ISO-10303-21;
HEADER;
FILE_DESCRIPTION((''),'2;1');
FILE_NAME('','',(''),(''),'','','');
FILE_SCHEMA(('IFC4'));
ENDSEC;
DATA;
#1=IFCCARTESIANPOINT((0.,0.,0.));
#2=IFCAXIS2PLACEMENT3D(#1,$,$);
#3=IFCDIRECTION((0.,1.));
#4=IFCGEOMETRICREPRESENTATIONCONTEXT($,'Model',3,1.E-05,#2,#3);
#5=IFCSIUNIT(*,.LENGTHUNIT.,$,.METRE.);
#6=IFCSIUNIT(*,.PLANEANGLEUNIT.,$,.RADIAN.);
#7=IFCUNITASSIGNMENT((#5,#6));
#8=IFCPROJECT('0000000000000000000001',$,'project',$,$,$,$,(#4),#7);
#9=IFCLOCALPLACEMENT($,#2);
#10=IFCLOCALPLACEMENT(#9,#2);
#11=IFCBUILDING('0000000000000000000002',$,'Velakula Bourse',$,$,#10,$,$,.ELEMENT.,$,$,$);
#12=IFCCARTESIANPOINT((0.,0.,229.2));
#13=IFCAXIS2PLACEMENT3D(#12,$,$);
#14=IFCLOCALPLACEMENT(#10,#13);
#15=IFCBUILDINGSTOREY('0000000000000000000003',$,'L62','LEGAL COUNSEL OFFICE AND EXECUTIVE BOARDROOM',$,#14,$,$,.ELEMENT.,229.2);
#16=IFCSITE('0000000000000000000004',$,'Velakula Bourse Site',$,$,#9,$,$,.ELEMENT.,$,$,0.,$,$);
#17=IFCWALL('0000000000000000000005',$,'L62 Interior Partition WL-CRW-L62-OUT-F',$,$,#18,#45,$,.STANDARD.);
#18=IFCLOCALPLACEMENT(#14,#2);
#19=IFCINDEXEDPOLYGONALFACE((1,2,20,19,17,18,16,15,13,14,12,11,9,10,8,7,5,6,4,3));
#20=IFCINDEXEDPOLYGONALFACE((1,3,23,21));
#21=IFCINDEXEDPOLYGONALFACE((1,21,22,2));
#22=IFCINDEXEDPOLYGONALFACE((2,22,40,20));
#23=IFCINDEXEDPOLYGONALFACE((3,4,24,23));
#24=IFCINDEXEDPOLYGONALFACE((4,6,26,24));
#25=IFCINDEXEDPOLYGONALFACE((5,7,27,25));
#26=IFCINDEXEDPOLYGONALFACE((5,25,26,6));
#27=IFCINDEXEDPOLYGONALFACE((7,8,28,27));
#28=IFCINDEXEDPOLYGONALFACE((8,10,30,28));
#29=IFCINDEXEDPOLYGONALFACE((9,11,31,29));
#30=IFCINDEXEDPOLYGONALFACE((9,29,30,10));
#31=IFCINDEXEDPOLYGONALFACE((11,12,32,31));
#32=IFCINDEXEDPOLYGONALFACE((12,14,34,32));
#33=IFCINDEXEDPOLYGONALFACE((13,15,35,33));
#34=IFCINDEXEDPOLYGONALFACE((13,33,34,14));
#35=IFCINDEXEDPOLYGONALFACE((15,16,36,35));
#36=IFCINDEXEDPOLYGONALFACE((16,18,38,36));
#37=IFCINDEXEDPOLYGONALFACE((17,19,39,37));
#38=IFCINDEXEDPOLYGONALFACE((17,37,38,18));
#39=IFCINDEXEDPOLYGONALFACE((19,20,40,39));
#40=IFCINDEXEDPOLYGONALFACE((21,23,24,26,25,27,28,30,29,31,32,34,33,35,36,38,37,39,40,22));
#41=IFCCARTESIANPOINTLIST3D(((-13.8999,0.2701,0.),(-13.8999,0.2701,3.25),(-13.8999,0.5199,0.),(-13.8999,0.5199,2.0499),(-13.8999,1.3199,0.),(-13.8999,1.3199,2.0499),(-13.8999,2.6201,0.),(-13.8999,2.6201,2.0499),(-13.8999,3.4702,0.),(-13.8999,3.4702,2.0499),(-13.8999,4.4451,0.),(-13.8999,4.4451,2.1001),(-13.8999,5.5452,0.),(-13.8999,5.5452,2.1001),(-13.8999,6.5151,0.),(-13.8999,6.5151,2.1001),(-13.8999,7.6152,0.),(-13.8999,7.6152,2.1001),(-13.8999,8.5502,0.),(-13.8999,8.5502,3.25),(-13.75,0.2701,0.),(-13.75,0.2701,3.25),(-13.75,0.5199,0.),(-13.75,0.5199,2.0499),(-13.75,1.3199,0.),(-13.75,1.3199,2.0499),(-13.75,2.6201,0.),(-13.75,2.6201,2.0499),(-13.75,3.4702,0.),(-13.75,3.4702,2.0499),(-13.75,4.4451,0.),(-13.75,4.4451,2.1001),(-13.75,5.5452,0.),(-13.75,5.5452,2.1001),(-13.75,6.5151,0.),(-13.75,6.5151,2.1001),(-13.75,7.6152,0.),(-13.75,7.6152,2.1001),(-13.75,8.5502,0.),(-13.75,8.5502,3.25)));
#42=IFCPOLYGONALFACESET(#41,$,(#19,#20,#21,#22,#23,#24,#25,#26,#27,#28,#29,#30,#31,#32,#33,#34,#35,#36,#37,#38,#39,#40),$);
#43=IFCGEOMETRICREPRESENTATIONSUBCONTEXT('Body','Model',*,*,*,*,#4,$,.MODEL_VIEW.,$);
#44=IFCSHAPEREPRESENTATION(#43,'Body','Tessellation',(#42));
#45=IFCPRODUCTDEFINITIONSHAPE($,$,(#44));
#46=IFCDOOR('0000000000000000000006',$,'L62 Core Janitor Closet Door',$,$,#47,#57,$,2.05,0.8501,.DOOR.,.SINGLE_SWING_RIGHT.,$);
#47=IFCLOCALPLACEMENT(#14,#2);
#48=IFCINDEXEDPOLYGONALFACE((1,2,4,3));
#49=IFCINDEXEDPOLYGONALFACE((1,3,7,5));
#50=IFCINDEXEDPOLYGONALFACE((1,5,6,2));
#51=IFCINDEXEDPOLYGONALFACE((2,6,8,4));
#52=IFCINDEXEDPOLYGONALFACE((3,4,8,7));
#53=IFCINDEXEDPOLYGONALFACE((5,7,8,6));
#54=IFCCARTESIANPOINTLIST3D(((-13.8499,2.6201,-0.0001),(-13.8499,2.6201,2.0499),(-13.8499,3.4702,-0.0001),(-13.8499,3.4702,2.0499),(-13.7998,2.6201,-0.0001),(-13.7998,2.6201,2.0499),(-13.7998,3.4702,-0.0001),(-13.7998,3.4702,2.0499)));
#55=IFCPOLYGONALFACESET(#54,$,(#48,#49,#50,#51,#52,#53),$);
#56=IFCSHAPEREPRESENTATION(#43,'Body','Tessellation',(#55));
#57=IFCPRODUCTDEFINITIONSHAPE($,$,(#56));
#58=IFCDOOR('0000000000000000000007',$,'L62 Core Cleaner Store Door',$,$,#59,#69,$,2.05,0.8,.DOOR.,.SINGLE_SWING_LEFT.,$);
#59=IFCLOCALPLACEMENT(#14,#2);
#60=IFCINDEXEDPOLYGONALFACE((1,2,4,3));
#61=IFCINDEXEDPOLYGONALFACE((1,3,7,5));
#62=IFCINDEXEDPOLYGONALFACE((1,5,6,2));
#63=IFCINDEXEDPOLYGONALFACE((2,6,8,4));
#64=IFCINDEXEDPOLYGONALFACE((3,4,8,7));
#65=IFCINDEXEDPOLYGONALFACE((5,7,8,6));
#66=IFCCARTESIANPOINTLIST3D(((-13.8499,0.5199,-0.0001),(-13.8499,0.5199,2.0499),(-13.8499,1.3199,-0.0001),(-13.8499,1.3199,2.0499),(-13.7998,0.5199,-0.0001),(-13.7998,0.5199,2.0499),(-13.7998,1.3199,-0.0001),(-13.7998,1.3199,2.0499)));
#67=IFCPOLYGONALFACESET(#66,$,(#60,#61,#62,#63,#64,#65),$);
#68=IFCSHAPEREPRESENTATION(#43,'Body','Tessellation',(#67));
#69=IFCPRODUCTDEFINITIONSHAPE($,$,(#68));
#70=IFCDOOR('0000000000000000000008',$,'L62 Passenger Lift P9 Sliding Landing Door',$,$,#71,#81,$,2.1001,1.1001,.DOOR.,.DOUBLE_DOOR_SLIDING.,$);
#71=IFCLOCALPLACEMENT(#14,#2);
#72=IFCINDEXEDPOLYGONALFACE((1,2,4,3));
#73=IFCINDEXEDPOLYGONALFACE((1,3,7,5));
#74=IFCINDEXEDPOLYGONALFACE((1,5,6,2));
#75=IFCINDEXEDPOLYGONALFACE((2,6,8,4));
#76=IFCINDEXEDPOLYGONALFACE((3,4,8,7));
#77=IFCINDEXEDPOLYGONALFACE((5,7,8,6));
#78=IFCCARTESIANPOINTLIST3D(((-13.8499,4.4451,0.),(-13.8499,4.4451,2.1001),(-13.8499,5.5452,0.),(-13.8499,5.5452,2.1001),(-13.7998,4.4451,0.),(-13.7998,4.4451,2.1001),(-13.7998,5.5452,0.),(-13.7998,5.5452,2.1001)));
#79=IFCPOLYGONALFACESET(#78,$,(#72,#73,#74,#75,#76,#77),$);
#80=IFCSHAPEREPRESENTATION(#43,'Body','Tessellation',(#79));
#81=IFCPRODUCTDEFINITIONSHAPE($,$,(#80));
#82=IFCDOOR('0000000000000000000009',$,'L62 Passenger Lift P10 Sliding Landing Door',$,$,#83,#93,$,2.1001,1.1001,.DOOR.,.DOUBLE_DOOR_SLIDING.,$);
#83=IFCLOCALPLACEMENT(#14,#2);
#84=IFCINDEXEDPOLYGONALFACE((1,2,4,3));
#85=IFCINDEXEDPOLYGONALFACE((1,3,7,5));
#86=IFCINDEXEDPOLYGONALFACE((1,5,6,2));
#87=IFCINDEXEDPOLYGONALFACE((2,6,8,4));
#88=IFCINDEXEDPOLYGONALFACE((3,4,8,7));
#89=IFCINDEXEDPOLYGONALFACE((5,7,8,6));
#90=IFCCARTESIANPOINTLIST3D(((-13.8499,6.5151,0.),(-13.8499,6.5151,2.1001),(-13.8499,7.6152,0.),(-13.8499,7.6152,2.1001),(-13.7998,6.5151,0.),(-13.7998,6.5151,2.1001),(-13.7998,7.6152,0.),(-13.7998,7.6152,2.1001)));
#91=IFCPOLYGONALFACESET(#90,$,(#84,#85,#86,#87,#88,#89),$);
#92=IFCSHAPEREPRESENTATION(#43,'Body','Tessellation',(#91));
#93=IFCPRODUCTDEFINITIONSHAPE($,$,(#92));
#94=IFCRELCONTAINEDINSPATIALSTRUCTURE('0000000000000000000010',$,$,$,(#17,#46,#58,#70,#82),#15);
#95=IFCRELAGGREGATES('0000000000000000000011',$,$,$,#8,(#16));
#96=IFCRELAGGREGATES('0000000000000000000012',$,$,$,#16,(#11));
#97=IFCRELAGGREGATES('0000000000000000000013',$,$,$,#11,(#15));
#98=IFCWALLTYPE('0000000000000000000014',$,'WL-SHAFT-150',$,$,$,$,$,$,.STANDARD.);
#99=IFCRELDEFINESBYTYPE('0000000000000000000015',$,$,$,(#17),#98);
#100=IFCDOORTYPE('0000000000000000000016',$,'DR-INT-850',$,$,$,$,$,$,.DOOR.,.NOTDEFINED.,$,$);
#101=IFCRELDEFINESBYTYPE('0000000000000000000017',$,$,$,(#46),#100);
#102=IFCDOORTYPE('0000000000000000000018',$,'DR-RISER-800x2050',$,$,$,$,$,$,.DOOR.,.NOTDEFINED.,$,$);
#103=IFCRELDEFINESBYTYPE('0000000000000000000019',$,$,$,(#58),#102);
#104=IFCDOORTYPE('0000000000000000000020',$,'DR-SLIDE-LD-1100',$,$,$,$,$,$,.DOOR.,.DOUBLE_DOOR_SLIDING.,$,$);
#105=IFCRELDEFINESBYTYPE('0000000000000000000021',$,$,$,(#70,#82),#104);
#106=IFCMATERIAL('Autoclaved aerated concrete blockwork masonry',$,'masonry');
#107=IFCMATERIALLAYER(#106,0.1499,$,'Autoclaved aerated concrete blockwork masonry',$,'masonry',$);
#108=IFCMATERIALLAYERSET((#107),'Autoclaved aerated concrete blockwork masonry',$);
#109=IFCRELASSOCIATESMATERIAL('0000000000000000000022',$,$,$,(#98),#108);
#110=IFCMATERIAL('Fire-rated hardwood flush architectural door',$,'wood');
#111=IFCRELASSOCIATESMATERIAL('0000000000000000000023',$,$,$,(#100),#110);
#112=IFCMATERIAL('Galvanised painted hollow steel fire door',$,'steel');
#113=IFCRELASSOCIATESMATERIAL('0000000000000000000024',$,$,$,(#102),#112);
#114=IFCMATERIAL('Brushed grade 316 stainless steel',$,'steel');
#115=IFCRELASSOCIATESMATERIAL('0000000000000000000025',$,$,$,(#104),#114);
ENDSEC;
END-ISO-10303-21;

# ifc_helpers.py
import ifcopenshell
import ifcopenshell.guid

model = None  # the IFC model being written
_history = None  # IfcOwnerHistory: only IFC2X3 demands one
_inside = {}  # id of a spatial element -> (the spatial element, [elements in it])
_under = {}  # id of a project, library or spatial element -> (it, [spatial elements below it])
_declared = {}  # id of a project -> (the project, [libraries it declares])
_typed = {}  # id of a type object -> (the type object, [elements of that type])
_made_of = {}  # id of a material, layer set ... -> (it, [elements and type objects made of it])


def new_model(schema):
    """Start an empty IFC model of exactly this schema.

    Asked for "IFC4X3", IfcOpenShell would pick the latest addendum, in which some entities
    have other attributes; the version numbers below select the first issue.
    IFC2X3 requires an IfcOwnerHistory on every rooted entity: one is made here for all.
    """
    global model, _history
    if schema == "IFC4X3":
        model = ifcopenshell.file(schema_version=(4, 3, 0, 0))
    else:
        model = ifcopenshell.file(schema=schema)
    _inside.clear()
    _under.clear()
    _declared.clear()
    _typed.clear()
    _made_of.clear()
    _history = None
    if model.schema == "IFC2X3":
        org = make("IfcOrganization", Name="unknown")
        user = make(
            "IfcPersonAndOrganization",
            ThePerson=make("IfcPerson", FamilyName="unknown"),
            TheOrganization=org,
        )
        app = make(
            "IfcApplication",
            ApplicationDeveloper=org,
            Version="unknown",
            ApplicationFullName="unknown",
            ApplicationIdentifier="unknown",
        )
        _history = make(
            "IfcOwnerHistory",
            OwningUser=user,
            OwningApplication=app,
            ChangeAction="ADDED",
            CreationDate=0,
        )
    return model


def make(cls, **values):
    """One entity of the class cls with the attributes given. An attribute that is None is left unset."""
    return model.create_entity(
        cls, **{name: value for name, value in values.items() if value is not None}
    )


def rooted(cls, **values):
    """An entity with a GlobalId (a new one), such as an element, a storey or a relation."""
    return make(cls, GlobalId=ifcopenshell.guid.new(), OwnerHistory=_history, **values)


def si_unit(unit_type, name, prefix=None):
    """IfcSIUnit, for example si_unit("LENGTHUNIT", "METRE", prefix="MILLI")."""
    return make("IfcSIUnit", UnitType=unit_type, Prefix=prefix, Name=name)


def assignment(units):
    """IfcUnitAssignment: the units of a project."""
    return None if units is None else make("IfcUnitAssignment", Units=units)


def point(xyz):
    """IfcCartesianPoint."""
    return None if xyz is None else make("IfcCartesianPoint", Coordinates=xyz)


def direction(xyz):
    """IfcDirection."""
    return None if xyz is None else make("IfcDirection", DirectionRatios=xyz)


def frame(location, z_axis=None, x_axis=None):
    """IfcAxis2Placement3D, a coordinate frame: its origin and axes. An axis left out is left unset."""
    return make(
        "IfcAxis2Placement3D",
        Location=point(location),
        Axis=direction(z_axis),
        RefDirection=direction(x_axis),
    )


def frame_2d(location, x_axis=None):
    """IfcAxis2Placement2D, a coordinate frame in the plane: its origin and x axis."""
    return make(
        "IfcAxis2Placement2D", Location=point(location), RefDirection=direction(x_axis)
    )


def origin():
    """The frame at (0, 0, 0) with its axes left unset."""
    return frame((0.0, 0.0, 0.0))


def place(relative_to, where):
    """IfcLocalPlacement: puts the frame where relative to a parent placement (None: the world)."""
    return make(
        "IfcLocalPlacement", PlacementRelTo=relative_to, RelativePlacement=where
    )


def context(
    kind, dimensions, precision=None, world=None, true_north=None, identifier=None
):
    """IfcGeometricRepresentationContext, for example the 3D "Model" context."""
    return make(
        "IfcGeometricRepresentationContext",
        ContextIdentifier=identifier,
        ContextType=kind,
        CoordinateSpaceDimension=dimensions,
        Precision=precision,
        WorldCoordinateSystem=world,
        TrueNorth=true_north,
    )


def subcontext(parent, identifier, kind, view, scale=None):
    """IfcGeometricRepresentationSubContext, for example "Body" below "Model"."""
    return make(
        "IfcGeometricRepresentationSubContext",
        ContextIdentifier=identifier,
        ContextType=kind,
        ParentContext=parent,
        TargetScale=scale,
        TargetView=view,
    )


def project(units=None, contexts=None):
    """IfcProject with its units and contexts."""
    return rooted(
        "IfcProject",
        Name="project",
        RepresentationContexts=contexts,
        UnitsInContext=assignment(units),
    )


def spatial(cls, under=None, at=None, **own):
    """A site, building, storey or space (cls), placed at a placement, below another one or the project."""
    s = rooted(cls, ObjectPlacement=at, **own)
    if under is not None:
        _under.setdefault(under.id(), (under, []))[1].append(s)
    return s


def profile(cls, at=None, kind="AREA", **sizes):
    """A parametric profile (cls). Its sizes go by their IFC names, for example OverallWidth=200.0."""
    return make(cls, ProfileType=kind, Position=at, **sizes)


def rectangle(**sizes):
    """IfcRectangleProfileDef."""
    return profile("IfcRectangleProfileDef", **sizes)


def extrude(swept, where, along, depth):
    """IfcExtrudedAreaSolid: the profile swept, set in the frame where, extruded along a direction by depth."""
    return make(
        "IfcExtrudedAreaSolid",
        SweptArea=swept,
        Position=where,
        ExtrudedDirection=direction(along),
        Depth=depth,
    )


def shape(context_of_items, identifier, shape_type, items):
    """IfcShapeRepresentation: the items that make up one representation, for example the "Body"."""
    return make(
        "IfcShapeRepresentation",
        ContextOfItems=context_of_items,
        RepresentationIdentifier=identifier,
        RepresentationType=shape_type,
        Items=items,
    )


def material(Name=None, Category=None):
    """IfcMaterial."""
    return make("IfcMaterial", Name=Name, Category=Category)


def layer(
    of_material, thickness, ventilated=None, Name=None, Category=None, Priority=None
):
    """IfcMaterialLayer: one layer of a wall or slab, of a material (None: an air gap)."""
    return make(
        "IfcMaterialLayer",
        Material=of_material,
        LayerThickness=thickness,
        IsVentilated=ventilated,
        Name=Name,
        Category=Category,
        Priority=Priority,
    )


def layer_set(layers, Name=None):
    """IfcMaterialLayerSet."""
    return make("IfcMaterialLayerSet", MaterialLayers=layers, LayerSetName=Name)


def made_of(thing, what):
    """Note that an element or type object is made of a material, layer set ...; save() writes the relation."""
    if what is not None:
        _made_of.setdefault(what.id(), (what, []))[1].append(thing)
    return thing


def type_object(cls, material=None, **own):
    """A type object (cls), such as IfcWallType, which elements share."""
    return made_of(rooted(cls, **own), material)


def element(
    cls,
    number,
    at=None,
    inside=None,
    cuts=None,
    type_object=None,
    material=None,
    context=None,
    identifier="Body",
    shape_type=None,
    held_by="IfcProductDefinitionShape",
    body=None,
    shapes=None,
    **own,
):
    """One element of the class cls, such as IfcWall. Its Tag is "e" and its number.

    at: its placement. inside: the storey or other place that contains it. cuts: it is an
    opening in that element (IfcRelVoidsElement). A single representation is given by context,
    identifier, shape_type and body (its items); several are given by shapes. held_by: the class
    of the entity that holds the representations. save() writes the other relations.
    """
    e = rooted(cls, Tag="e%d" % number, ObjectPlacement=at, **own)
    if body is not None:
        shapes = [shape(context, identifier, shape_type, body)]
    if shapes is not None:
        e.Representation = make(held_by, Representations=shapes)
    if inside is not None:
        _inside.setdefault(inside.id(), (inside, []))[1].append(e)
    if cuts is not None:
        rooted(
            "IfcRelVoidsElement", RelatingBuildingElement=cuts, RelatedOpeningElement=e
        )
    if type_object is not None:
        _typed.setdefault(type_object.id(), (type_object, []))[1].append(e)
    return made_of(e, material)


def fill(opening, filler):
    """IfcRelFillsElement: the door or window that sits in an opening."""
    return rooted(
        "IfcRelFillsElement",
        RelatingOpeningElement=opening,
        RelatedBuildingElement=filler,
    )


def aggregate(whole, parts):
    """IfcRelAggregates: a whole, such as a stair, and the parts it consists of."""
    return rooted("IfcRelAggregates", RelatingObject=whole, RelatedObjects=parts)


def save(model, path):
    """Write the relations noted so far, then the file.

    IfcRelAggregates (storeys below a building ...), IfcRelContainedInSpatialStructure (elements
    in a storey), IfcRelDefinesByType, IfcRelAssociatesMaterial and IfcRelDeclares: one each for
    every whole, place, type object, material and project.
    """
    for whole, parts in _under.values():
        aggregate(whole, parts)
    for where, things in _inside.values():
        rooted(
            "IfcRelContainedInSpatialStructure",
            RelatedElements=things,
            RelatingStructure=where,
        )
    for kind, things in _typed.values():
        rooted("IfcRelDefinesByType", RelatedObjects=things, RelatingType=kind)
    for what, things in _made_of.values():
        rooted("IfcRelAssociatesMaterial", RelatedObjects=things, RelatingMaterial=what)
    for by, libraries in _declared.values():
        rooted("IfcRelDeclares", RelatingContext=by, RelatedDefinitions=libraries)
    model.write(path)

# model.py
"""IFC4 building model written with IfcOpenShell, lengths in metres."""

from ifc_helpers import new_model, si_unit, direction, frame, frame_2d, origin, place, context, subcontext, project, spatial, rectangle, extrude, material, layer, layer_set, type_object, element, fill, save


model = new_model("IFC4")

# Units and contexts
model_context = context("Model", 3, precision=1e-05, world=origin(), true_north=direction((0.0, 1.0)))
body_context = subcontext(model_context, "Body", "Model", "MODEL_VIEW")
ifc_project = project(units=[si_unit("LENGTHUNIT", "METRE"), si_unit("PLANEANGLEUNIT", "RADIAN")], contexts=[model_context])

# Site, building, storey
site_placement = place(None, origin())
site = spatial("IfcSite", under=ifc_project, at=site_placement, Name="Velakula Bourse Site", CompositionType="ELEMENT", RefElevation=0.0)
building_placement = place(site_placement, origin())
building = spatial("IfcBuilding", under=site, at=building_placement, Name="Velakula Bourse", CompositionType="ELEMENT")
storey_placement = place(building_placement, frame((0.0, 0.0, 229.2)))
storey = spatial("IfcBuildingStorey", under=building, at=storey_placement, Name="L62", Description="LEGAL COUNSEL OFFICE AND EXECUTIVE BOARDROOM", CompositionType="ELEMENT", Elevation=229.2)

# Wall, openings, doors
ifc_material_1 = material(Name="Autoclaved aerated concrete blockwork masonry", Category="masonry")
ifc_layer_1 = layer(ifc_material_1, 0.1499, Name="Autoclaved aerated concrete blockwork masonry", Category="masonry")
ifc_layer_set_1 = layer_set([ifc_layer_1], Name="Autoclaved aerated concrete blockwork masonry")
wall_type_1 = type_object("IfcWallType", Name="WL-SHAFT-150", PredefinedType="STANDARD", material=ifc_layer_set_1)
wall_1_placement = place(storey_placement, frame((-13.825, 0.27, 0.0), z_axis=(0.0, 0.0, 1.0), x_axis=(0.0, 1.0, 0.0)))
wall_1 = element("IfcWall", 1, at=wall_1_placement, inside=storey, type_object=wall_type_1, Name="L62 Interior Partition WL-CRW-L62-OUT-F", PredefinedType="STANDARD", context=body_context, shape_type="SweptSolid", body=[
    extrude(rectangle(XDim=8.28, YDim=0.1499, at=frame_2d((4.1401, 0.0))), origin(), (0.0, 0.0, 1.0), 3.25),
])
opening_1_placement = place(wall_1_placement, frame((4.175, 0.0, 0.0)))
opening_1 = element("IfcOpeningElement", 2, at=opening_1_placement, cuts=wall_1, PredefinedType="OPENING", context=body_context, shape_type="SweptSolid", body=[
    extrude(rectangle(XDim=1.1001, YDim=2.1001, at=frame_2d((0.55, 1.05))), frame((0.0, 0.085, 0.0), z_axis=(0.0, -1.0, 0.0), x_axis=(1.0, 0.0, 0.0)), (0.0, 0.0, 1.0), 0.1699),
])
opening_2_placement = place(wall_1_placement, frame((6.2451, 0.0, 0.0)))
opening_2 = element("IfcOpeningElement", 3, at=opening_2_placement, cuts=wall_1, PredefinedType="OPENING", context=body_context, shape_type="SweptSolid", body=[
    extrude(rectangle(XDim=1.1001, YDim=2.1001, at=frame_2d((0.55, 1.05))), frame((0.0, 0.085, 0.0), z_axis=(0.0, -1.0, 0.0), x_axis=(1.0, 0.0, 0.0)), (0.0, 0.0, 1.0), 0.1699),
])
opening_3_placement = place(wall_1_placement, frame((0.25, 0.0, 0.0)))
opening_3 = element("IfcOpeningElement", 4, at=opening_3_placement, cuts=wall_1, PredefinedType="OPENING", context=body_context, shape_type="SweptSolid", body=[
    extrude(rectangle(XDim=0.8, YDim=2.05, at=frame_2d((0.3999, 1.0249))), frame((0.0, 0.085, 0.0), z_axis=(0.0, -1.0, 0.0), x_axis=(1.0, 0.0, 0.0)), (0.0, 0.0, 1.0), 0.1699),
])
opening_4_placement = place(wall_1_placement, frame((2.3501, 0.0, 0.0)))
opening_4 = element("IfcOpeningElement", 5, at=opening_4_placement, cuts=wall_1, PredefinedType="OPENING", context=body_context, shape_type="SweptSolid", body=[
    extrude(rectangle(XDim=0.8501, YDim=2.05, at=frame_2d((0.425, 1.0249))), frame((0.0, 0.085, 0.0), z_axis=(0.0, -1.0, 0.0), x_axis=(1.0, 0.0, 0.0)), (0.0, 0.0, 1.0), 0.1699),
])
ifc_material_2 = material(Name="Fire-rated hardwood flush architectural door", Category="wood")
door_type_1 = type_object("IfcDoorType", Name="DR-INT-850", OperationType="NOTDEFINED", PredefinedType="DOOR", material=ifc_material_2)
door_1_placement = place(opening_4_placement, origin())
door_1 = element("IfcDoor", 6, at=door_1_placement, inside=storey, type_object=door_type_1, Name="L62 Core Janitor Closet Door", OperationType="SINGLE_SWING_RIGHT", OverallHeight=2.05, OverallWidth=0.8501, PredefinedType="DOOR", context=body_context, shape_type="SweptSolid", body=[
    extrude(rectangle(XDim=0.8501, YDim=2.05, at=frame_2d((0.425, 1.0249))), frame((0.0, 0.0249, 0.0), z_axis=(0.0, -1.0, 0.0), x_axis=(1.0, 0.0, 0.0)), (0.0, 0.0, 1.0), 0.05),
])
fill(opening_4, door_1)
ifc_material_3 = material(Name="Galvanised painted hollow steel fire door", Category="steel")
door_type_2 = type_object("IfcDoorType", Name="DR-RISER-800x2050", OperationType="NOTDEFINED", PredefinedType="DOOR", material=ifc_material_3)
door_2_placement = place(opening_3_placement, origin())
door_2 = element("IfcDoor", 7, at=door_2_placement, inside=storey, type_object=door_type_2, Name="L62 Core Cleaner Store Door", OperationType="SINGLE_SWING_LEFT", OverallHeight=2.05, OverallWidth=0.8, PredefinedType="DOOR", context=body_context, shape_type="SweptSolid", body=[
    extrude(rectangle(XDim=0.8, YDim=2.05, at=frame_2d((0.3999, 1.0249))), frame((0.0, 0.0249, 0.0), z_axis=(0.0, -1.0, 0.0), x_axis=(1.0, 0.0, 0.0)), (0.0, 0.0, 1.0), 0.05),
])
fill(opening_3, door_2)
ifc_material_4 = material(Name="Brushed grade 316 stainless steel", Category="steel")
door_type_3 = type_object("IfcDoorType", Name="DR-SLIDE-LD-1100", OperationType="DOUBLE_DOOR_SLIDING", PredefinedType="DOOR", material=ifc_material_4)
door_3_placement = place(opening_1_placement, origin())
door_3 = element("IfcDoor", 8, at=door_3_placement, inside=storey, type_object=door_type_3, Name="L62 Passenger Lift P9 Sliding Landing Door", OperationType="DOUBLE_DOOR_SLIDING", OverallHeight=2.1001, OverallWidth=1.1001, PredefinedType="DOOR", context=body_context, shape_type="SweptSolid", body=[
    extrude(rectangle(XDim=1.1001, YDim=2.1001, at=frame_2d((0.55, 1.05))), frame((0.0, 0.0249, 0.0), z_axis=(0.0, -1.0, 0.0), x_axis=(1.0, 0.0, 0.0)), (0.0, 0.0, 1.0), 0.05),
])
fill(opening_1, door_3)
door_4_placement = place(opening_2_placement, origin())
door_4 = element("IfcDoor", 9, at=door_4_placement, inside=storey, type_object=door_type_3, Name="L62 Passenger Lift P10 Sliding Landing Door", OperationType="DOUBLE_DOOR_SLIDING", OverallHeight=2.1001, OverallWidth=1.1001, PredefinedType="DOOR", context=body_context, shape_type="SweptSolid", body=[
    extrude(rectangle(XDim=1.1001, YDim=2.1001, at=frame_2d((0.55, 1.05))), frame((0.0, 0.0249, 0.0), z_axis=(0.0, -1.0, 0.0), x_axis=(1.0, 0.0, 0.0)), (0.0, 0.0, 1.0), 0.05),
])
fill(opening_2, door_4)

save(model, "model.ifc")
